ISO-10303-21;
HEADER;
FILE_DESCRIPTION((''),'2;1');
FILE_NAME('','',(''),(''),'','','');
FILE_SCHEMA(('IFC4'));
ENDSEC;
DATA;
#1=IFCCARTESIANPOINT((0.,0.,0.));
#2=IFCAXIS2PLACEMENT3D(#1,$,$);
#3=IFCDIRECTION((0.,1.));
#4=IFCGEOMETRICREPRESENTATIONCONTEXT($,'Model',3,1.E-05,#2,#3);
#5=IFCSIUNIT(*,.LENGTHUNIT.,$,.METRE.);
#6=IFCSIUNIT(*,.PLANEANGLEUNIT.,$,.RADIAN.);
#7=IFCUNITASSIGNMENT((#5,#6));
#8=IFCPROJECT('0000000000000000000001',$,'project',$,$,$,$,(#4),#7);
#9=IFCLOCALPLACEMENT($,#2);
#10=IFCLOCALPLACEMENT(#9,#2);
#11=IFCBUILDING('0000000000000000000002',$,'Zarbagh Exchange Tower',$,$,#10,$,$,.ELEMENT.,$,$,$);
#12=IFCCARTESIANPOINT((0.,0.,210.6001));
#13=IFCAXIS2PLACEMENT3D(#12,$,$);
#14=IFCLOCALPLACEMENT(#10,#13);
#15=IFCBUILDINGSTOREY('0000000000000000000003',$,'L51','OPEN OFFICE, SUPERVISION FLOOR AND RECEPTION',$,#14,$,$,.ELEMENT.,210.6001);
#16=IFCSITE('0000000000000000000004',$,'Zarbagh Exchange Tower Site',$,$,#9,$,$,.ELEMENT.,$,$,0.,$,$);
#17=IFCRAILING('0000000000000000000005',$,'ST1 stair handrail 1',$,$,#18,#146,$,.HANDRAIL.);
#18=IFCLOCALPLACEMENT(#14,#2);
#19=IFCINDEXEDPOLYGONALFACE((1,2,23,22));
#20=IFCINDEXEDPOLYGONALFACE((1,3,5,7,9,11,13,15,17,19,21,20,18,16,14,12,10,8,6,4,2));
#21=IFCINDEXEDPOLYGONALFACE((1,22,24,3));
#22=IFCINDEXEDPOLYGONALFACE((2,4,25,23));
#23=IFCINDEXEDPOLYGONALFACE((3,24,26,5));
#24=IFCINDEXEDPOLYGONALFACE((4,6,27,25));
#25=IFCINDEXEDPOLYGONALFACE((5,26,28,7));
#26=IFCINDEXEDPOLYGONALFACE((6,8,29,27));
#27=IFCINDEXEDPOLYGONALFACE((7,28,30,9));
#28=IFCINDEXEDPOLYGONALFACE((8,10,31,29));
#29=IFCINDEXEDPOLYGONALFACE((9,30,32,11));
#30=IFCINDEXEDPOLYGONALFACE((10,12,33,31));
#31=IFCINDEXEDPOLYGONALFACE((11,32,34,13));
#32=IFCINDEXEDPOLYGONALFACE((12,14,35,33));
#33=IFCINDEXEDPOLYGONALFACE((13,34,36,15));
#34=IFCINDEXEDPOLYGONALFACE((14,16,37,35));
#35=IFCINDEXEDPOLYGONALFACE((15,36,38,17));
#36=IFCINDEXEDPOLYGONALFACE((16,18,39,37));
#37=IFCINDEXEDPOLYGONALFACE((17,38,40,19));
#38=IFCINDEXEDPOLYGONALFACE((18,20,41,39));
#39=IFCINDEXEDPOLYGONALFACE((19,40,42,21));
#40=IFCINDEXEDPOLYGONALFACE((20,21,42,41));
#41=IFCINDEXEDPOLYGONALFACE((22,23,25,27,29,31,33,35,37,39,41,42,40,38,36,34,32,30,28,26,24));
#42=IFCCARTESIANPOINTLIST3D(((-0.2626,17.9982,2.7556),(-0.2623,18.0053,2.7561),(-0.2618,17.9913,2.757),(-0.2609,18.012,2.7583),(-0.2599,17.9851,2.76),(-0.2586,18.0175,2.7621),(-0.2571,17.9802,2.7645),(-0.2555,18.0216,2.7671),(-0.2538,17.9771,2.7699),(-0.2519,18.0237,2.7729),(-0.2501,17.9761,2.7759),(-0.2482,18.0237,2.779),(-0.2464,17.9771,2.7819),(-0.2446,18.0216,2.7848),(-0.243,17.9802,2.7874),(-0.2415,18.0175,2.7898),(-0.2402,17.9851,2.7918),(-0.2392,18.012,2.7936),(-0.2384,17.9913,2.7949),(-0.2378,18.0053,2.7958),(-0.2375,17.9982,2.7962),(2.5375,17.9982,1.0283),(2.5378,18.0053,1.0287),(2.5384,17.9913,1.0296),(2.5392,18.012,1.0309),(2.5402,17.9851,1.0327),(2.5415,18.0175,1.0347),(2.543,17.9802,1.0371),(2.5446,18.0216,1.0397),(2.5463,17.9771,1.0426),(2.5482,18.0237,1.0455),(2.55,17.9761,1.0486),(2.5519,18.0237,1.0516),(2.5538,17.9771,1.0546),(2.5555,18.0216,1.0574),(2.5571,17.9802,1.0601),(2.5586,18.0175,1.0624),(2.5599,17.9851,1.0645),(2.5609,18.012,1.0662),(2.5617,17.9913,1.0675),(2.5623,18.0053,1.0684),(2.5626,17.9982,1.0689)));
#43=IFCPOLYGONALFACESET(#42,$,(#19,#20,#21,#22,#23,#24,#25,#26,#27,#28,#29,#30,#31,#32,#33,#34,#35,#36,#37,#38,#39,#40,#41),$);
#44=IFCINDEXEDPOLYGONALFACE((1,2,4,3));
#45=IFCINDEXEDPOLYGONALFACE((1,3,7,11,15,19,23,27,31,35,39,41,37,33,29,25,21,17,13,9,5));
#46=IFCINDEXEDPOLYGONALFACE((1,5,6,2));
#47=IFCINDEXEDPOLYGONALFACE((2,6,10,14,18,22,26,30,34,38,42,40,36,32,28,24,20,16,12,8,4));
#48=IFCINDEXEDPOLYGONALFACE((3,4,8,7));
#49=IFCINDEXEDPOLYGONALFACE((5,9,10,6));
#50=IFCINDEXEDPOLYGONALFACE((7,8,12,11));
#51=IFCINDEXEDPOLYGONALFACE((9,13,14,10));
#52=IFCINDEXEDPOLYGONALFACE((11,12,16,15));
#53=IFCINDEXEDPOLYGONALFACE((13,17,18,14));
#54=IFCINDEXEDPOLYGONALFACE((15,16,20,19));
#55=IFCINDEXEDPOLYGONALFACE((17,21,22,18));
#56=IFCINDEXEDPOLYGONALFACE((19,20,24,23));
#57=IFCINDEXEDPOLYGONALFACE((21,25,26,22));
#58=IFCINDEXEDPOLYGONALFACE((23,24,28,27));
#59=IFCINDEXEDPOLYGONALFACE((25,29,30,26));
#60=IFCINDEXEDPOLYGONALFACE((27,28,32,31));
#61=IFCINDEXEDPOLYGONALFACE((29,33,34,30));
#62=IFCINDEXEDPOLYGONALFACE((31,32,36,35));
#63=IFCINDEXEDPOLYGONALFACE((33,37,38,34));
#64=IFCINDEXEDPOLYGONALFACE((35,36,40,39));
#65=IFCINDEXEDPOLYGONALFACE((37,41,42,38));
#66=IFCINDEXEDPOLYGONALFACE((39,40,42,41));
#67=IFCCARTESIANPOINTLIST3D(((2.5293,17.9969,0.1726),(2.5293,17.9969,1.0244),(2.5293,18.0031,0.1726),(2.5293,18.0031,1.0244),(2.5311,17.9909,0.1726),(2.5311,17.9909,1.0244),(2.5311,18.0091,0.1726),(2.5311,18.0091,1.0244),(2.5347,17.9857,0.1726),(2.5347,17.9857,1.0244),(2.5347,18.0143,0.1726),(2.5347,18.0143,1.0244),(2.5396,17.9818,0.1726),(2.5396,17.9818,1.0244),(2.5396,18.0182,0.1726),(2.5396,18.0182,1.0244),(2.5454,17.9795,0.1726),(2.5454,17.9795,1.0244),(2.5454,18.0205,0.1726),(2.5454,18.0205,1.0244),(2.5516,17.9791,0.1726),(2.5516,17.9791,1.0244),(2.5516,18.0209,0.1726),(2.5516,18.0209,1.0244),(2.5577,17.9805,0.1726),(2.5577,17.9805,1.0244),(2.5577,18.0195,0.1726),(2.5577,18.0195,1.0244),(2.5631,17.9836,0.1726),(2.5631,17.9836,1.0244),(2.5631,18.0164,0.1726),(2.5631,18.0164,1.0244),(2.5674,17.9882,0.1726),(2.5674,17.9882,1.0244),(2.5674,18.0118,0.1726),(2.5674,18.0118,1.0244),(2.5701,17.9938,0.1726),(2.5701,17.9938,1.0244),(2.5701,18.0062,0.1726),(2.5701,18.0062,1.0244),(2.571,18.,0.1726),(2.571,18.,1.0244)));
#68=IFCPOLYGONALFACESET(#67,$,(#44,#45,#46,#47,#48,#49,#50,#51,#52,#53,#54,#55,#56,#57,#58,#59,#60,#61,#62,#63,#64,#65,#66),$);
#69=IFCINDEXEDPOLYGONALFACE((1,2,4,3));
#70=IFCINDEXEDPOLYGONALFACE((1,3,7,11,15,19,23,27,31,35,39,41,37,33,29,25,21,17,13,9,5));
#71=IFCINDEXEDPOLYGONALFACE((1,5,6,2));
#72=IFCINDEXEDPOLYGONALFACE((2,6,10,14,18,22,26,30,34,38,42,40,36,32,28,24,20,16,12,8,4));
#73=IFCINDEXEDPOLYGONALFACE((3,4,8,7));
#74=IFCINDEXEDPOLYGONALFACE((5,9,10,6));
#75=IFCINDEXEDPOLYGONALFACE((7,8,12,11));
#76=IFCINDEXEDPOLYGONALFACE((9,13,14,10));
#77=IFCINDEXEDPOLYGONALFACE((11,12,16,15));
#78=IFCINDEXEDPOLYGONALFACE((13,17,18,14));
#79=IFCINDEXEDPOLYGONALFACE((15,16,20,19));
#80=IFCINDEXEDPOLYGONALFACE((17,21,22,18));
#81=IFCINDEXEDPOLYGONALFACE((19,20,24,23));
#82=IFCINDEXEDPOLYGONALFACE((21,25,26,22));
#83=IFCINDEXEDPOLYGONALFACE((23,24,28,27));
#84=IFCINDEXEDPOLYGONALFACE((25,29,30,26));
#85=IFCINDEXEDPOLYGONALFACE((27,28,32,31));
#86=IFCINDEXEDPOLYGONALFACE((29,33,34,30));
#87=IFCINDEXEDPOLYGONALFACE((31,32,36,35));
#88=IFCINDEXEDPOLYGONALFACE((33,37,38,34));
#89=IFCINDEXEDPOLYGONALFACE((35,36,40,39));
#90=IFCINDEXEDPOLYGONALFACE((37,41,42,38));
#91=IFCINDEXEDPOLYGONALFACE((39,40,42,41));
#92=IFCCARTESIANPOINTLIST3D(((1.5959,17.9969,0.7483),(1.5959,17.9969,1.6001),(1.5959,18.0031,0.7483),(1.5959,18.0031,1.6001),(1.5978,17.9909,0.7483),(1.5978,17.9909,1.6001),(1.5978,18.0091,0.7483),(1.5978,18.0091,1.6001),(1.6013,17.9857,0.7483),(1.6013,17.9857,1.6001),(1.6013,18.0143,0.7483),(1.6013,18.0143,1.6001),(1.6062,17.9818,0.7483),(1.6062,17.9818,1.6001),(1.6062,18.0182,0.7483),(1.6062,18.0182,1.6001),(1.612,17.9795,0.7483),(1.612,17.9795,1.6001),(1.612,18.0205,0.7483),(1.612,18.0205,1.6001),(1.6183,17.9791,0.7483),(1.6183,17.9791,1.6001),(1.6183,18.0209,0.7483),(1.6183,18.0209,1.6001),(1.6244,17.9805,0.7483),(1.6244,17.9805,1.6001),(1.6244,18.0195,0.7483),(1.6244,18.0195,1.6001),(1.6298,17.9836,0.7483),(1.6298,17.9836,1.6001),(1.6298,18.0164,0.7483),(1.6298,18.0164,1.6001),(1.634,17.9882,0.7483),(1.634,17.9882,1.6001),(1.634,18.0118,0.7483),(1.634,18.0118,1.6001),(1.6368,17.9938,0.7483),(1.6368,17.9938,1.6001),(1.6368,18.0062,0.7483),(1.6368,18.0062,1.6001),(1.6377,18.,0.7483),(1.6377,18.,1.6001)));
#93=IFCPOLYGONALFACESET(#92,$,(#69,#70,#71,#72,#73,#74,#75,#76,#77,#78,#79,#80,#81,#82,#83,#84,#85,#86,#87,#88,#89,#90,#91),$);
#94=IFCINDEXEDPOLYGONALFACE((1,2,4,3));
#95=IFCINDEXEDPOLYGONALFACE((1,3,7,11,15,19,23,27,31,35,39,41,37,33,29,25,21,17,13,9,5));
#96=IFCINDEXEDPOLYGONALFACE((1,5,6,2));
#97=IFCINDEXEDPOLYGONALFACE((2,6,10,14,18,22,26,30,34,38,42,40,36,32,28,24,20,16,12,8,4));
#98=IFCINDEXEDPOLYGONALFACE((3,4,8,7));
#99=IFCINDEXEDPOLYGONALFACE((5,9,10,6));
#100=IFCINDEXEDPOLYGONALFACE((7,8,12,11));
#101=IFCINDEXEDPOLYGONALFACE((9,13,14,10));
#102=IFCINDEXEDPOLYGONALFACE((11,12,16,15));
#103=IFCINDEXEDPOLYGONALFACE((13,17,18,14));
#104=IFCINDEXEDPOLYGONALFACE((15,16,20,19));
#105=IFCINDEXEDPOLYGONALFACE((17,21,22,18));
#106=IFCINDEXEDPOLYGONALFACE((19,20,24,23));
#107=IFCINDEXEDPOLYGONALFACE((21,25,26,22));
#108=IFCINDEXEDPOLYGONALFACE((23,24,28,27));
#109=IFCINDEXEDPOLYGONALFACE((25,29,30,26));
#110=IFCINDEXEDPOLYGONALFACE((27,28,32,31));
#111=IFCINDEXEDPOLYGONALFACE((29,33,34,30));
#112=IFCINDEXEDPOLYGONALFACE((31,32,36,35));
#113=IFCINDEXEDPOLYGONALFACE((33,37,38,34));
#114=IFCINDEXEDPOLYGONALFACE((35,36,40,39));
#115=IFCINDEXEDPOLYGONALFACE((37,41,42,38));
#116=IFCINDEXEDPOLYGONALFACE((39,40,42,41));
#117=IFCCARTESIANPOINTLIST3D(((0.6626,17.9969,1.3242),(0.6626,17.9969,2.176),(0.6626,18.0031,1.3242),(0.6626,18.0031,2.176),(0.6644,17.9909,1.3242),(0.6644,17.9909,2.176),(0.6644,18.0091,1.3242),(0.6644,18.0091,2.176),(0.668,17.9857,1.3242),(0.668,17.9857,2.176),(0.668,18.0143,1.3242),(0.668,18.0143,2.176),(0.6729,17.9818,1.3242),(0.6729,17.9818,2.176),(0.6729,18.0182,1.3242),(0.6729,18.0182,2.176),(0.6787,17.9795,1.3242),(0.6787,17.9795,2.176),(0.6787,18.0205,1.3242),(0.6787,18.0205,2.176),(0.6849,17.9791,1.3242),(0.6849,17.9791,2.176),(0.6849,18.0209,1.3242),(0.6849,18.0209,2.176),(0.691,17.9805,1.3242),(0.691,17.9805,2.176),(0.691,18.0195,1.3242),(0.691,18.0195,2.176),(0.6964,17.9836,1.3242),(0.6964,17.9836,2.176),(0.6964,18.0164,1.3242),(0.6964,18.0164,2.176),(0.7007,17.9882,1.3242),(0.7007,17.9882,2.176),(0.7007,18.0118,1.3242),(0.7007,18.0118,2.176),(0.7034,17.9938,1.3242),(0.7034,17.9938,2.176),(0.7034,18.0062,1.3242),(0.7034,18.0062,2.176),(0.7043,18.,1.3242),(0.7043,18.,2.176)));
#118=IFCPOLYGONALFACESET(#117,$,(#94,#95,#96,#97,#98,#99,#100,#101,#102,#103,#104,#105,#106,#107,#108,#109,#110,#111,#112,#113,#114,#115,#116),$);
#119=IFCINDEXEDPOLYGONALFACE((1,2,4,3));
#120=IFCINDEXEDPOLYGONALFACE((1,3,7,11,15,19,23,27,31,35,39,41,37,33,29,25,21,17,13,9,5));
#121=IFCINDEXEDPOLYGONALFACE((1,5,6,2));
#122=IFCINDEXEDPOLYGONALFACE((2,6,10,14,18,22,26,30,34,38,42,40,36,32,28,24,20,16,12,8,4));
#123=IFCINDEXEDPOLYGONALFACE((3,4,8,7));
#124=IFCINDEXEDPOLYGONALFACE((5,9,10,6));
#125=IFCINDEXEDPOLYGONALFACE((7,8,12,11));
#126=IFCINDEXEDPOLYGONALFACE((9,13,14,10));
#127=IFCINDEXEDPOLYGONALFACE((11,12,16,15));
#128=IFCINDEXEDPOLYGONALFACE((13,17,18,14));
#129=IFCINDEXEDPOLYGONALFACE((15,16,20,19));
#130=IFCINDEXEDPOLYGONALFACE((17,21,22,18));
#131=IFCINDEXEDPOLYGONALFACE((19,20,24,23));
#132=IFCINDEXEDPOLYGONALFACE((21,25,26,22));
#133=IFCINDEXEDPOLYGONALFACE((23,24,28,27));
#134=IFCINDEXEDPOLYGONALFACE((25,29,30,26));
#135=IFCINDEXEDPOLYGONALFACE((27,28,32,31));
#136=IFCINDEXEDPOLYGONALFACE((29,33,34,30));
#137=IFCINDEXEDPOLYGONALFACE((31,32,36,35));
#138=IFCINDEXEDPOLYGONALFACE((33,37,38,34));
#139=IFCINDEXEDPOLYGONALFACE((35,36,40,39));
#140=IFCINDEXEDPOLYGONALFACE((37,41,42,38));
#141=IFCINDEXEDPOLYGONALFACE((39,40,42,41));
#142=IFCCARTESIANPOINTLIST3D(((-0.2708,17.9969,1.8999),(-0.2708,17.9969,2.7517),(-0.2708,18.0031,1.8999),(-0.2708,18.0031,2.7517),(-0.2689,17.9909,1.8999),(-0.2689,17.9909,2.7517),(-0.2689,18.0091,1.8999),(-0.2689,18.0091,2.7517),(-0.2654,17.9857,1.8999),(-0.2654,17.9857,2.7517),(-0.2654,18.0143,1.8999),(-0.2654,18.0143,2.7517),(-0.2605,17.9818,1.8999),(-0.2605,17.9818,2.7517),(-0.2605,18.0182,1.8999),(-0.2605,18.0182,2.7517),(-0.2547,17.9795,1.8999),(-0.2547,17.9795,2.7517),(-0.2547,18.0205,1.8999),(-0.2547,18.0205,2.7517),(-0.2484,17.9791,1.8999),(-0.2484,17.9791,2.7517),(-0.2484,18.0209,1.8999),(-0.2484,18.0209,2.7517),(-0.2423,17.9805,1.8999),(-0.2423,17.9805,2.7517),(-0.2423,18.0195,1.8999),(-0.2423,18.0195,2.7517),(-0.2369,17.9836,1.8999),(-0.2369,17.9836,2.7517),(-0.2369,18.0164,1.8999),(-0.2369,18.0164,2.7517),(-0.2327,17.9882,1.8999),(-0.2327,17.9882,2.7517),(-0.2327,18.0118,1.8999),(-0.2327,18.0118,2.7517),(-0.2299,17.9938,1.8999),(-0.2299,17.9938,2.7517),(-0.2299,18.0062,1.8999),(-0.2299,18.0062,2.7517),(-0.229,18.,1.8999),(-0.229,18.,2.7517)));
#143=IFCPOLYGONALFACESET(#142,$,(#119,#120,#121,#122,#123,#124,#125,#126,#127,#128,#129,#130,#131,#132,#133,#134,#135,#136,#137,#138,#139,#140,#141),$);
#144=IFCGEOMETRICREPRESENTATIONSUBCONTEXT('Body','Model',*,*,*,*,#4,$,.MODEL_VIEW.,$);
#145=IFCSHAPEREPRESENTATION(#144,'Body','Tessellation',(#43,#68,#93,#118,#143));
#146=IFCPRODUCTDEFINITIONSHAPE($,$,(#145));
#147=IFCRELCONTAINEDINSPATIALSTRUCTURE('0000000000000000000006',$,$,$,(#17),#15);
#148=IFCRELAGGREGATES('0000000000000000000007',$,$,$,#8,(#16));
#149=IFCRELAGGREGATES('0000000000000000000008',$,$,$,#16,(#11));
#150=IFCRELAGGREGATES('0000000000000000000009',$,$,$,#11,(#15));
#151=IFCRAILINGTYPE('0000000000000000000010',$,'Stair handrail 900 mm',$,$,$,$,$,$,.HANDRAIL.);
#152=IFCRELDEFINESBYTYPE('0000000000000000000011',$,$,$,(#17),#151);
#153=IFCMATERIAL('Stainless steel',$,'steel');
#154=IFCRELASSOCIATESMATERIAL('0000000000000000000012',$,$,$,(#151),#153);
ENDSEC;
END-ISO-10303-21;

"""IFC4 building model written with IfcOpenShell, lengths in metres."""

from ifc_helpers import new_model, si_unit, direction, frame, origin, origin_2d, place, context, subcontext, project, spatial, circle, extrude, material, type_object, element, save


model = new_model("IFC4")

# Units and contexts
model_context = context("Model", 3, precision=1e-05, world=origin(), true_north=direction((0.0, 1.0)))
body_context = subcontext(model_context, "Body", "Model", "MODEL_VIEW")
ifc_project = project(units=[si_unit("LENGTHUNIT", "METRE"), si_unit("PLANEANGLEUNIT", "RADIAN")], contexts=[model_context])

# Site, building, storey
site_placement = place(None, origin())
site = spatial("IfcSite", under=ifc_project, at=site_placement, Name="Zarbagh Exchange Tower Site", CompositionType="ELEMENT", RefElevation=0.0)
building_placement = place(site_placement, origin())
building = spatial("IfcBuilding", under=site, at=building_placement, Name="Zarbagh Exchange Tower", CompositionType="ELEMENT")
storey_placement = place(building_placement, frame((0.0, 0.0, 210.6001)))
storey = spatial("IfcBuildingStorey", under=building, at=storey_placement, Name="L51", Description="OPEN OFFICE, SUPERVISION FLOOR AND RECEPTION", CompositionType="ELEMENT", Elevation=210.6001)

# Railing
ifc_material_1 = material(Name="Stainless steel", Category="steel")
railing_type_1 = type_object("IfcRailingType", Name="Stair handrail 900 mm", PredefinedType="HANDRAIL", material=ifc_material_1)
railing_1_placement = place(storey_placement, frame((2.55, 18.0, 0.1726)))
element("IfcRailing", 1, at=railing_1_placement, inside=storey, type_object=railing_type_1, Name="ST1 stair handrail 1", PredefinedType="HANDRAIL", context=body_context, shape_type="SweptSolid", body=[
    extrude(circle(Radius=0.0239, at=origin_2d()), frame((0.0, 0.0, 0.876), z_axis=(-0.85109, 0.0, 0.52502), x_axis=(0.0, -1.0, 0.0)), (0.0, 0.0, 1.0), 3.29),
    extrude(circle(Radius=0.021, at=origin_2d()), origin(), (0.0, 0.0, 1.0), 0.8518),
    extrude(circle(Radius=0.021, at=origin_2d()), frame((-0.9333, 0.0, 0.5757)), (0.0, 0.0, 1.0), 0.8518),
    extrude(circle(Radius=0.021, at=origin_2d()), frame((-1.8667, 0.0, 1.1516)), (0.0, 0.0, 1.0), 0.8518),
    extrude(circle(Radius=0.021, at=origin_2d()), frame((-2.8, 0.0, 1.7273)), (0.0, 0.0, 1.0), 0.8518),
])

save(model, "model.ifc")
